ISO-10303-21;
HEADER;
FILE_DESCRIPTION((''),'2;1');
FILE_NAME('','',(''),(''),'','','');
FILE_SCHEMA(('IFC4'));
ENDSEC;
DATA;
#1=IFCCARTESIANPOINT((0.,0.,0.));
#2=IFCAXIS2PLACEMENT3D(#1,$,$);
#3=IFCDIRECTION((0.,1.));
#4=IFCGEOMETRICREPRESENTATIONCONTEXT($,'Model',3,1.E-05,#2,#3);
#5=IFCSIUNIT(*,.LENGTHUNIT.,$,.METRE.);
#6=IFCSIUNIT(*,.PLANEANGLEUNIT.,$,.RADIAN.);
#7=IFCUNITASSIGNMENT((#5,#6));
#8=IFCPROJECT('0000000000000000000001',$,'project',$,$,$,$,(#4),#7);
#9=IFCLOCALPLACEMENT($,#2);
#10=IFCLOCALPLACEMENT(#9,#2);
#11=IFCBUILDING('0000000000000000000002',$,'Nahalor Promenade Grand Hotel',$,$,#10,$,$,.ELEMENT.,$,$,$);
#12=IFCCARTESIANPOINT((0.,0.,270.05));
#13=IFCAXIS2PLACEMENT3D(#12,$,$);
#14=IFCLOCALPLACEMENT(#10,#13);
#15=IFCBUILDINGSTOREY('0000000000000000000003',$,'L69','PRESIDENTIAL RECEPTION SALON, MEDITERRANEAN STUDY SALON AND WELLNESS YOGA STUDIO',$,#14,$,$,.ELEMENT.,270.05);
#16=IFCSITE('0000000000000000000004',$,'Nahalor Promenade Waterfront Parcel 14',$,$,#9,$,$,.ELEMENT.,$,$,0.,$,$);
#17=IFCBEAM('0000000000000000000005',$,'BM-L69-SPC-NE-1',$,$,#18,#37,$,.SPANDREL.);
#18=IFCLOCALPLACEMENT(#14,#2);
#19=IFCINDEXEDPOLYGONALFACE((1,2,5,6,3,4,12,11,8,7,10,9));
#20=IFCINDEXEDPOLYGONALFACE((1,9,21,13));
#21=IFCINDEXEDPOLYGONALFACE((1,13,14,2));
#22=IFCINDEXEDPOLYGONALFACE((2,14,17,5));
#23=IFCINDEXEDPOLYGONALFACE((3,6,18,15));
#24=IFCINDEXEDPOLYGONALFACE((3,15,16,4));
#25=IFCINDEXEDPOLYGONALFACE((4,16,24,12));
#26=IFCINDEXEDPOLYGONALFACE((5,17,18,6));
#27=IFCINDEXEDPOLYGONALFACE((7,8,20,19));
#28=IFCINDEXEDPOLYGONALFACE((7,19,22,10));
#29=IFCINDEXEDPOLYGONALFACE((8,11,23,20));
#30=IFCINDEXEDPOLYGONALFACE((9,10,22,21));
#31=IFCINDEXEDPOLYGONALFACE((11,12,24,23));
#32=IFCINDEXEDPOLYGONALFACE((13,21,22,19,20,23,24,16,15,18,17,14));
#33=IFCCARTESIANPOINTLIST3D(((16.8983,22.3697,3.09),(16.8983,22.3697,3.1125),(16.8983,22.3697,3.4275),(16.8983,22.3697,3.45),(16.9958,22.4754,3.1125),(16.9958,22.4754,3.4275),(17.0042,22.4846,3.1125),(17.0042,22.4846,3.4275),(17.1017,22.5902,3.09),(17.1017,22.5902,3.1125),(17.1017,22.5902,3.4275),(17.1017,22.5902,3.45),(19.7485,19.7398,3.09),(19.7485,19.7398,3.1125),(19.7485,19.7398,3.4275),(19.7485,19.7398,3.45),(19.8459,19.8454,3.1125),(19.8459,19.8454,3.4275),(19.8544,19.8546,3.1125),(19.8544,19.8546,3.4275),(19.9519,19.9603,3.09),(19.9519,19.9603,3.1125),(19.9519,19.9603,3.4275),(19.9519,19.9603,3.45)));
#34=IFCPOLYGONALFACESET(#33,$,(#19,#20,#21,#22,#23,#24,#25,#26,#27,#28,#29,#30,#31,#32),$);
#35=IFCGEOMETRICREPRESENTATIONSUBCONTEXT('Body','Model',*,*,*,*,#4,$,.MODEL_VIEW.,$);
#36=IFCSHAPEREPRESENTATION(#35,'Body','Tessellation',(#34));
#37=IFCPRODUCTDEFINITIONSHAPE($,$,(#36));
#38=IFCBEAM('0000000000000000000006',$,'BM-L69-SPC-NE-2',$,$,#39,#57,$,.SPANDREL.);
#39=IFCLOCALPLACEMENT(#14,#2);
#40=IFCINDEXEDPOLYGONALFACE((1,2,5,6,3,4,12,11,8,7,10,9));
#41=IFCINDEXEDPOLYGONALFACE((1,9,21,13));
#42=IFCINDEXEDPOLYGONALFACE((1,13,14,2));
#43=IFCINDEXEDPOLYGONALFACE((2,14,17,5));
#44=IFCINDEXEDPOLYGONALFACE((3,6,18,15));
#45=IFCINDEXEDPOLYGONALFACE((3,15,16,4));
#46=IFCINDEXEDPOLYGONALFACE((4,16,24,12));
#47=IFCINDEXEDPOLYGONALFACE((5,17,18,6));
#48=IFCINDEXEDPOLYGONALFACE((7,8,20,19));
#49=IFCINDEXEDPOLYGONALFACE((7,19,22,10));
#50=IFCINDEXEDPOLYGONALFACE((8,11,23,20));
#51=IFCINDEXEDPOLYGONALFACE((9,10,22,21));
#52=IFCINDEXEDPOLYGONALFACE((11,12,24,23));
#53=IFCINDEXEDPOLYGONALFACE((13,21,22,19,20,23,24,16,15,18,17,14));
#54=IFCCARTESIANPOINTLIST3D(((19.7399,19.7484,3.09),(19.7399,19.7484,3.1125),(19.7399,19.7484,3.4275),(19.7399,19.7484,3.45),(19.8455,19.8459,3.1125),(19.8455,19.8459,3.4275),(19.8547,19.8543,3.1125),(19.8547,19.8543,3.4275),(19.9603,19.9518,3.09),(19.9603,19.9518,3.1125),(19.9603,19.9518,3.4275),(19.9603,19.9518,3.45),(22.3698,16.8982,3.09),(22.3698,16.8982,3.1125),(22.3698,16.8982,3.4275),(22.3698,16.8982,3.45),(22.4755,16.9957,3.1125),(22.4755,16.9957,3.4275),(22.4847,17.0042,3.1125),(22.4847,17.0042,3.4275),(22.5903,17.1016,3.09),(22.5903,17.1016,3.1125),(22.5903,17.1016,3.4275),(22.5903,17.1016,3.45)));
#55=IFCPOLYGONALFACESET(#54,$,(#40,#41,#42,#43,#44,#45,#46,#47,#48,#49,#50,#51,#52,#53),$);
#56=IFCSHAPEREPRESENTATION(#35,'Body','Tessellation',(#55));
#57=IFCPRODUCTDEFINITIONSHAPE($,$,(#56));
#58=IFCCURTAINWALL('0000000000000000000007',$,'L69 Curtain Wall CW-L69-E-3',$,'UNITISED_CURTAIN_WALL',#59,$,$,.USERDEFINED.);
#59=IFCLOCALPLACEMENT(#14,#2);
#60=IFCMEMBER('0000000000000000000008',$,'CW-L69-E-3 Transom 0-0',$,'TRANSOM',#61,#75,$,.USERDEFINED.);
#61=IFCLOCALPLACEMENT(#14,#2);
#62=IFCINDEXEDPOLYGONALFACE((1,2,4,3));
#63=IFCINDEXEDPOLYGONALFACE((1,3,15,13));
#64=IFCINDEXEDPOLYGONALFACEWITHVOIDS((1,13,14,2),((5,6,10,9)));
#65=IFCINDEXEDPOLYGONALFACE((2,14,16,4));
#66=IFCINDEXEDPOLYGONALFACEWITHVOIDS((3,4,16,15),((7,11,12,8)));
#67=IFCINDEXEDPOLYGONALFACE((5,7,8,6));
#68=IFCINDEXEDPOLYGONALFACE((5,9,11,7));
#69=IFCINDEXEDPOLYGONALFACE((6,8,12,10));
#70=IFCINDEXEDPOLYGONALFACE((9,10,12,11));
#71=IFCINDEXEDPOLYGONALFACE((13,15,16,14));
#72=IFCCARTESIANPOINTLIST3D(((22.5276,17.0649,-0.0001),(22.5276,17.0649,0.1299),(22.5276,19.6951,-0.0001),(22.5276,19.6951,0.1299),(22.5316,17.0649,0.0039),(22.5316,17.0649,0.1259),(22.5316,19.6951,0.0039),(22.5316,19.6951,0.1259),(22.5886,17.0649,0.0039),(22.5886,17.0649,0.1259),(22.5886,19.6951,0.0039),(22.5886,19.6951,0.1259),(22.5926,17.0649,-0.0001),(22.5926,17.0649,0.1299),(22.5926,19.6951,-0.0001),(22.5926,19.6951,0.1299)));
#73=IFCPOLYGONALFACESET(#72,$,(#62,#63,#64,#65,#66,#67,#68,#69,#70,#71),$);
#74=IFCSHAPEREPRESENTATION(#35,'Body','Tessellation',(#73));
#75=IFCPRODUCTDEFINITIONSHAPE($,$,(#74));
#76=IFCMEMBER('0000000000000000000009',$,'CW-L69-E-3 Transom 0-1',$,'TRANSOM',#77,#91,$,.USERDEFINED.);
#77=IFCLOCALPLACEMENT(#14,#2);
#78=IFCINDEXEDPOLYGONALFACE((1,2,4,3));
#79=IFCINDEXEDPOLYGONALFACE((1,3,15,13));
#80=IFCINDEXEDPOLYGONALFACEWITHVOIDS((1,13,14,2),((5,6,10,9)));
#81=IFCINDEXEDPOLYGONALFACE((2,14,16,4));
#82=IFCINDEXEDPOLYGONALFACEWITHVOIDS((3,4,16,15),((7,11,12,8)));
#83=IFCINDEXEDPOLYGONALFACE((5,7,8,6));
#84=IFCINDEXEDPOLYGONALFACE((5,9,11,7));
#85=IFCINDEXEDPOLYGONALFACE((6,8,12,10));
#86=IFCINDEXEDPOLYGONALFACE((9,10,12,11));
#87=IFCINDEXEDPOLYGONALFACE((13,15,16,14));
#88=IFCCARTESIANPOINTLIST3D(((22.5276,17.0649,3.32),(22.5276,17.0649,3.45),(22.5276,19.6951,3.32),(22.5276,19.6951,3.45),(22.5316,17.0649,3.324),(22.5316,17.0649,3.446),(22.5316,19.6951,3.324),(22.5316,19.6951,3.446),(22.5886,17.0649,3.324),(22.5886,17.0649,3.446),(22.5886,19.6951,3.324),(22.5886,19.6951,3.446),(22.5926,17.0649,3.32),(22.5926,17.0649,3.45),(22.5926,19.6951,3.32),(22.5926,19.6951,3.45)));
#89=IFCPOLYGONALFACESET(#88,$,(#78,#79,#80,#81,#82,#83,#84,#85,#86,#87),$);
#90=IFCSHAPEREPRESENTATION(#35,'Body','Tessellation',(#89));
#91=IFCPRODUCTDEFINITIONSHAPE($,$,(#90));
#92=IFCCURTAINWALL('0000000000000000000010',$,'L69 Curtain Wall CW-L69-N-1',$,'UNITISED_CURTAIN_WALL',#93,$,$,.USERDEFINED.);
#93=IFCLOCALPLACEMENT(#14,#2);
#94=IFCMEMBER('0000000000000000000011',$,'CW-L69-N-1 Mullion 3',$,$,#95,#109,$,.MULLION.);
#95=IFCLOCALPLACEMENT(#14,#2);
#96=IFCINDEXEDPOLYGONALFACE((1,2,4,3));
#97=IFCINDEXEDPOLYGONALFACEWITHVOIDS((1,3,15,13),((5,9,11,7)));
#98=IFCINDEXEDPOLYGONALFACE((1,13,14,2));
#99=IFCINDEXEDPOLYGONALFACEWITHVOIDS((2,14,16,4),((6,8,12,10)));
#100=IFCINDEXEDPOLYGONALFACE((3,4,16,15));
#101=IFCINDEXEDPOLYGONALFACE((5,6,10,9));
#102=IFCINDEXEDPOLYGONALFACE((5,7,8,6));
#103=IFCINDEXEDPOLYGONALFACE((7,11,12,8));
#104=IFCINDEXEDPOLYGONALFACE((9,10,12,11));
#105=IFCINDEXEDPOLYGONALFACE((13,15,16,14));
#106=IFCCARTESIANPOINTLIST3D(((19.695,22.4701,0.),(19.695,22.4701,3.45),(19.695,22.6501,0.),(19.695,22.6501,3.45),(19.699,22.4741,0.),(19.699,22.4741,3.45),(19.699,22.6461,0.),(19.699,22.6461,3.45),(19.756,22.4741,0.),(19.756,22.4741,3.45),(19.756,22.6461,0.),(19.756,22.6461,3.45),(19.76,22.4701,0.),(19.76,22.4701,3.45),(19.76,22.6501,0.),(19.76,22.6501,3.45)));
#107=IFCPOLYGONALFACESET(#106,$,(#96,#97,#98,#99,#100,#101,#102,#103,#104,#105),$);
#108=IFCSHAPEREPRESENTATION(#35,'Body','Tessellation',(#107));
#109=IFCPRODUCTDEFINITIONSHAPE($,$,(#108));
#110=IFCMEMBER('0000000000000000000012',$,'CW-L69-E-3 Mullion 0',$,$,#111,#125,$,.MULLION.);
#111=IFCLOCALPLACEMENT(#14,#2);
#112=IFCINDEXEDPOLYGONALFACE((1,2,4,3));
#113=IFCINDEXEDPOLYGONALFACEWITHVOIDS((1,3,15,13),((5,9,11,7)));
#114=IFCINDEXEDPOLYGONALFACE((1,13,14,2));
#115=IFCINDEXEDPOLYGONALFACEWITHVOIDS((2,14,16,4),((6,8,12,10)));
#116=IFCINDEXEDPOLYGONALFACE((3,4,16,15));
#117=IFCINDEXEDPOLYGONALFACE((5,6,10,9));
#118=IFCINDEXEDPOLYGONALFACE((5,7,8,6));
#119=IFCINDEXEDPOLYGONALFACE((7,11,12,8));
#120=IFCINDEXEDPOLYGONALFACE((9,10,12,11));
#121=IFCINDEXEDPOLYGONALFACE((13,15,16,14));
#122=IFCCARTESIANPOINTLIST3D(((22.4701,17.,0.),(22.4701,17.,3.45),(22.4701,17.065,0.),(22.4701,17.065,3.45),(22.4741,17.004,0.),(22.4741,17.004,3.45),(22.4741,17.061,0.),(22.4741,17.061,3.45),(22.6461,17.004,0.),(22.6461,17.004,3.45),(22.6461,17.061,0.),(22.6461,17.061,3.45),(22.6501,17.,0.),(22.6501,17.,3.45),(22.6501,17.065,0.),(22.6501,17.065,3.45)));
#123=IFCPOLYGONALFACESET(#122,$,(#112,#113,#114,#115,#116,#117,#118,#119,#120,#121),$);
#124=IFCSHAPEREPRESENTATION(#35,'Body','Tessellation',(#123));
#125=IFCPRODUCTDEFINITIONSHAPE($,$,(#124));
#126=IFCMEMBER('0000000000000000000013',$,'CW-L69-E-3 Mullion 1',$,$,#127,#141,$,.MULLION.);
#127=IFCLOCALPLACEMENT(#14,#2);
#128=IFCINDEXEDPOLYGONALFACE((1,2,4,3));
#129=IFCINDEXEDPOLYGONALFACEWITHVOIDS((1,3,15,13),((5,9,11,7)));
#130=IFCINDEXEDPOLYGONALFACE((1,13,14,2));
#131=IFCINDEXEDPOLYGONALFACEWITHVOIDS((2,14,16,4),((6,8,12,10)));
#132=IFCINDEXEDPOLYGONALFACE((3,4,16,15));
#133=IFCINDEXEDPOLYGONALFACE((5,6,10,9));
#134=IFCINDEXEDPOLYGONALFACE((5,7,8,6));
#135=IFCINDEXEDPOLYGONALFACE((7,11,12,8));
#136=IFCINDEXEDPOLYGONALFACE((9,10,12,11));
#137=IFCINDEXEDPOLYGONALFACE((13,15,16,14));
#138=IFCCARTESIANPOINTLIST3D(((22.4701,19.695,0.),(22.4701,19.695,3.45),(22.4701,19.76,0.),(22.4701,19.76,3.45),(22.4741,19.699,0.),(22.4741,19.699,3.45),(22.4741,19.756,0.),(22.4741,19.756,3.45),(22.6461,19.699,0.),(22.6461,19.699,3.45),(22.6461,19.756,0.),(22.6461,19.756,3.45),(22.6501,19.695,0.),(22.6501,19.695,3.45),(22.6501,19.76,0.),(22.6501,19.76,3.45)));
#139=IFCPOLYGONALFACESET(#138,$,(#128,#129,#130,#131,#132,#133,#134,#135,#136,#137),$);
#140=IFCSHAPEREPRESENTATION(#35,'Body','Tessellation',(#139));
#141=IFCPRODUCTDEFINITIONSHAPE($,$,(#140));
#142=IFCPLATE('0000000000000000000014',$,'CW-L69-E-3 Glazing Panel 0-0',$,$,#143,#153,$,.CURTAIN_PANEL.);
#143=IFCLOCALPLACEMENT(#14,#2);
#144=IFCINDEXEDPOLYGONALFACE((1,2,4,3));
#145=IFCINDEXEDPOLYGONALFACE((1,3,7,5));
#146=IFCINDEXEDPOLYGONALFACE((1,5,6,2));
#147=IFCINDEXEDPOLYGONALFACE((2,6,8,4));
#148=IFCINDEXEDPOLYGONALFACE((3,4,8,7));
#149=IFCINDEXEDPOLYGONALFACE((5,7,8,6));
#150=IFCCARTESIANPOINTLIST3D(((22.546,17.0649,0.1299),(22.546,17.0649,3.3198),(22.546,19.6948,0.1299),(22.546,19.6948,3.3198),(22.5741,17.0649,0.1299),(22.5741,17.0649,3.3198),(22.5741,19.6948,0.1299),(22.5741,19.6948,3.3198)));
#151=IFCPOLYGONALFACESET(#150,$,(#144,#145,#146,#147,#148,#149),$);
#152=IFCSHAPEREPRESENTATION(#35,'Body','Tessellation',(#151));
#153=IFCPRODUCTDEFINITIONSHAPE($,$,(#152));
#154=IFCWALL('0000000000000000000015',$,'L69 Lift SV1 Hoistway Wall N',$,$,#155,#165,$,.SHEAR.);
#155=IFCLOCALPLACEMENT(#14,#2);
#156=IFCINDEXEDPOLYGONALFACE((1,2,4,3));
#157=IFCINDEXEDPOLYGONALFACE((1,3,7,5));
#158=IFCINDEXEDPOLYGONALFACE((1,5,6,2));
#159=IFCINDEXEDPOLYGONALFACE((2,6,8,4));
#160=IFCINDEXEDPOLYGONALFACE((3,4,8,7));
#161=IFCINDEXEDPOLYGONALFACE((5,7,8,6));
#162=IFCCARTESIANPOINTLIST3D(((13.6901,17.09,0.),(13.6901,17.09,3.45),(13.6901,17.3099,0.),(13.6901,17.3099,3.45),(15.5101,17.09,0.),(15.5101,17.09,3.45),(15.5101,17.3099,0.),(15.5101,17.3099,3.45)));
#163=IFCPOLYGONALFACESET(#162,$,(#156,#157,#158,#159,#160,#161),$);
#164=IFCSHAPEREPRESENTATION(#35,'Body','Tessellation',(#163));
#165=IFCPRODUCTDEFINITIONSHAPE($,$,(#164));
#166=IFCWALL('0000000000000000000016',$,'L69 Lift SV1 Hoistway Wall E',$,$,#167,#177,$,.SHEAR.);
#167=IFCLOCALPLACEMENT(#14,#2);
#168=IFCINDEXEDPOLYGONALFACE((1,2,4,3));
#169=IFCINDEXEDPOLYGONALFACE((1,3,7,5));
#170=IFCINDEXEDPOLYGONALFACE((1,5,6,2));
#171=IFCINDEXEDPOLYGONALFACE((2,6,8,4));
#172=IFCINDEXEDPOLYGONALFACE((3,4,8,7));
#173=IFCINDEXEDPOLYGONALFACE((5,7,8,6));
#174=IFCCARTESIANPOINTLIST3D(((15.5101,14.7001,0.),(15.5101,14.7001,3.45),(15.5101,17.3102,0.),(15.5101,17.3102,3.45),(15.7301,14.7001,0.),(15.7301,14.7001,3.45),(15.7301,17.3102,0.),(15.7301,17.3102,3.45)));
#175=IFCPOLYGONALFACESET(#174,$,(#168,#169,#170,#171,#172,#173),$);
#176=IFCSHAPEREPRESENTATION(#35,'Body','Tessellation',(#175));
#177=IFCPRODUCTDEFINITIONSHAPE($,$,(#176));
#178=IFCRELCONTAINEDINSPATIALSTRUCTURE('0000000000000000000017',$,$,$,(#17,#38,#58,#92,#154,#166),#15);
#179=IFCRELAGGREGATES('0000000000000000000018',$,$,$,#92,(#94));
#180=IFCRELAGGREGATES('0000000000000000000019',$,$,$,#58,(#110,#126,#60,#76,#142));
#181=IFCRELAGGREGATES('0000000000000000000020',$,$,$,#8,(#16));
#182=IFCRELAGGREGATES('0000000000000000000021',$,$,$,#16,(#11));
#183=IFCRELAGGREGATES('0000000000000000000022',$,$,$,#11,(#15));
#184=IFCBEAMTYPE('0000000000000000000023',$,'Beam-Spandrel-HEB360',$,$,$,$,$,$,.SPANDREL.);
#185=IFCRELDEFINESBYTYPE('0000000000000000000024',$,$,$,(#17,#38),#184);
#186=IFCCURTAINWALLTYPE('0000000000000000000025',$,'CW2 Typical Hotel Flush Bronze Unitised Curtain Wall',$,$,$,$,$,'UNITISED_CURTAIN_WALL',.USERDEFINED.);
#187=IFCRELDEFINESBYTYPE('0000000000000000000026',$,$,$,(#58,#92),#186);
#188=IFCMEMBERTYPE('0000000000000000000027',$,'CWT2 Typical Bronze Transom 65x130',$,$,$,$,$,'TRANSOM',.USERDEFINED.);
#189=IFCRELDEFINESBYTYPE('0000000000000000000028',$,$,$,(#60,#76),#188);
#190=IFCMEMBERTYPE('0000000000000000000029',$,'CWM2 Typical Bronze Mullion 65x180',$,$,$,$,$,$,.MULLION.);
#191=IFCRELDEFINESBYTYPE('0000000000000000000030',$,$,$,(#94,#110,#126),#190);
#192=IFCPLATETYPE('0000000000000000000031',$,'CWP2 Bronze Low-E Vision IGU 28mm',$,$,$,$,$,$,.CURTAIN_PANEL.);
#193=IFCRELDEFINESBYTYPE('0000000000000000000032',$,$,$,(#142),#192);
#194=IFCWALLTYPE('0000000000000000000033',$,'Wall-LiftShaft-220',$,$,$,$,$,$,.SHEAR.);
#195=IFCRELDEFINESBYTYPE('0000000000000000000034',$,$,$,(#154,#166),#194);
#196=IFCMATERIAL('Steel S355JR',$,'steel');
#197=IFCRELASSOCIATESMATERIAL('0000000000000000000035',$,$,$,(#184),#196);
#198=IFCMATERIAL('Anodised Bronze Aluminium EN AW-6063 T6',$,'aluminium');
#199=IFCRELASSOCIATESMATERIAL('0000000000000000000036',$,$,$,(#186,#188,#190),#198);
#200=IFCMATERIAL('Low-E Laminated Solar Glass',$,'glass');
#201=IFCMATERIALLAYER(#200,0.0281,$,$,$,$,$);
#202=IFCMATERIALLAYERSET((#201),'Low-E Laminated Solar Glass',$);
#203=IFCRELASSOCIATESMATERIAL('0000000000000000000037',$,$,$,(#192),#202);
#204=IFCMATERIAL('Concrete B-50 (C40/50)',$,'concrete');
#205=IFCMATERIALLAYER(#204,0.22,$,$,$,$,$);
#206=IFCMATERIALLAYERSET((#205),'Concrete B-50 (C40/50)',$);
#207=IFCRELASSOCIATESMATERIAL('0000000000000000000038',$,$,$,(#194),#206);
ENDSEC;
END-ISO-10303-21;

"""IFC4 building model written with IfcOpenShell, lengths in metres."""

from ifc_helpers import new_model, si_unit, direction, frame, frame_2d, origin, origin_2d, place, context, subcontext, project, spatial, rectangle, hollow_rectangle, i_section, extrude, source, transform, mapped, material, layer, layer_set, material_profile, profile_set, type_object, element, aggregate, save


model = new_model("IFC4")

# Units and contexts
model_context = context("Model", 3, precision=1e-05, world=origin(), true_north=direction((0.0, 1.0)))
body_context = subcontext(model_context, "Body", "Model", "MODEL_VIEW")
ifc_project = project(units=[si_unit("LENGTHUNIT", "METRE"), si_unit("PLANEANGLEUNIT", "RADIAN")], contexts=[model_context])

# Site, building, storey
site_placement = place(None, origin())
site = spatial("IfcSite", under=ifc_project, at=site_placement, Name="Nahalor Promenade Waterfront Parcel 14", CompositionType="ELEMENT", RefElevation=0.0)
building_placement = place(site_placement, origin())
building = spatial("IfcBuilding", under=site, at=building_placement, Name="Nahalor Promenade Grand Hotel", CompositionType="ELEMENT")
storey_placement = place(building_placement, frame((0.0, 0.0, 270.05)))
storey = spatial("IfcBuildingStorey", under=building, at=storey_placement, Name="L69", Description="PRESIDENTIAL RECEPTION SALON, MEDITERRANEAN STUDY SALON AND WELLNESS YOGA STUDIO", CompositionType="ELEMENT", Elevation=270.05)

# Shared definitions
ifc_material_1 = material(Name="Concrete B-50 (C40/50)", Category="concrete")
ifc_material_2 = material(Name="Steel S355JR", Category="steel")

# Beams
ifc_material_profile_1 = material_profile(ifc_material_2, i_section(OverallWidth=0.3, OverallDepth=0.36, WebThickness=0.0125, FlangeThickness=0.0225, at=origin_2d()), Name="HEB 360")
ifc_profile_set_1 = profile_set([ifc_material_profile_1], Name="Steel S355JR")
beam_type_1 = type_object("IfcBeamType", Name="Beam-Spandrel-HEB360", PredefinedType="SPANDREL", material=ifc_profile_set_1)
shared_shape_1 = source(origin(), body_context, "Body", "SweptSolid", [
    extrude(i_section(OverallWidth=0.3, OverallDepth=0.36, WebThickness=0.0125, FlangeThickness=0.0225, at=origin_2d()), origin(), (0.0, 0.0, 1.0), 3.8782),
])
for number, where, z_axis, x_axis, name in (
    (1, (17.0, 22.48, 3.27), (0.734929, -0.678144, 0.0), (0.678144, 0.734929, 0.0), "BM-L69-SPC-NE-1"),
    (2, (19.8501, 19.8501, 3.27), (0.678144, -0.734929, 0.0), (0.734929, 0.678144, 0.0), "BM-L69-SPC-NE-2"),
):
    element("IfcBeam", number, at=place(storey_placement, frame(where, z_axis=z_axis, x_axis=x_axis)), inside=storey, type_object=beam_type_1, Name=name, PredefinedType="SPANDREL", context=body_context, shape_type="MappedRepresentation", body=[
        mapped(shared_shape_1, transform((0.0, 0.0, 0.0), scale=1.0)),
    ])

# Curtain wall, members
ifc_material_3 = material(Name="Anodised Bronze Aluminium EN AW-6063 T6", Category="aluminium")
curtain_wall_type = type_object("IfcCurtainWallType", Name="CW2 Typical Hotel Flush Bronze Unitised Curtain Wall", ElementType="UNITISED_CURTAIN_WALL", PredefinedType="USERDEFINED", material=ifc_material_3)
curtain_wall_1_placement = place(storey_placement, origin())
curtain_wall_1 = element("IfcCurtainWall", 3, at=curtain_wall_1_placement, inside=storey, type_object=curtain_wall_type, Name="L69 Curtain Wall CW-L69-E-3", ObjectType="UNITISED_CURTAIN_WALL", PredefinedType="USERDEFINED")
ifc_material_profile_2 = material_profile(ifc_material_3, hollow_rectangle(XDim=0.065, YDim=0.13, WallThickness=0.004, at=origin_2d()), Name="CWT 65x130x4")
ifc_profile_set_2 = profile_set([ifc_material_profile_2], Name="Anodised Bronze Aluminium EN AW-6063 T6")
member_type_1 = type_object("IfcMemberType", Name="CWT2 Typical Bronze Transom 65x130", ElementType="TRANSOM", PredefinedType="USERDEFINED", material=ifc_profile_set_2)
shared_shape_2 = source(origin(), body_context, "Body", "SweptSolid", [
    extrude(hollow_rectangle(XDim=0.065, YDim=0.13, WallThickness=0.004, at=origin_2d()), origin(), (0.0, 0.0, 1.0), 2.6301),
])
member_1_placement = place(storey_placement, frame((22.5601, 17.0649, 0.0649), z_axis=(0.0, 1.0, 0.0), x_axis=(-1.0, 0.0, 0.0)))
member_1 = element("IfcMember", 4, at=member_1_placement, type_object=member_type_1, Name="CW-L69-E-3 Transom 0-0", ObjectType="TRANSOM", PredefinedType="USERDEFINED", context=body_context, shape_type="MappedRepresentation", body=[
    mapped(shared_shape_2, transform((0.0, 0.0, 0.0), scale=1.0)),
])
member_2_placement = place(storey_placement, frame((22.5601, 17.0649, 3.385), z_axis=(0.0, 1.0, 0.0), x_axis=(-1.0, 0.0, 0.0)))
member_2 = element("IfcMember", 5, at=member_2_placement, type_object=member_type_1, Name="CW-L69-E-3 Transom 0-1", ObjectType="TRANSOM", PredefinedType="USERDEFINED", context=body_context, shape_type="MappedRepresentation", body=[
    mapped(shared_shape_2, transform((0.0, 0.0, 0.0), scale=1.0)),
])

# Curtain wall, member
curtain_wall_2_placement = place(storey_placement, origin())
curtain_wall_2 = element("IfcCurtainWall", 6, at=curtain_wall_2_placement, inside=storey, type_object=curtain_wall_type, Name="L69 Curtain Wall CW-L69-N-1", ObjectType="UNITISED_CURTAIN_WALL", PredefinedType="USERDEFINED")
ifc_material_profile_3 = material_profile(ifc_material_3, hollow_rectangle(XDim=0.065, YDim=0.18, WallThickness=0.004, at=origin_2d()), Name="CWM 65x180x4")
ifc_profile_set_3 = profile_set([ifc_material_profile_3], Name="Anodised Bronze Aluminium EN AW-6063 T6")
member_type_2 = type_object("IfcMemberType", Name="CWM2 Typical Bronze Mullion 65x180", PredefinedType="MULLION", material=ifc_profile_set_3)
shared_shape_3 = source(origin(), body_context, "Body", "SweptSolid", [
    extrude(hollow_rectangle(XDim=0.065, YDim=0.18, WallThickness=0.004, at=origin_2d()), origin(), (0.0, 0.0, 1.0), 3.45),
])
member_3_placement = place(storey_placement, frame((19.7275, 22.5601, 0.0), z_axis=(0.0, 0.0, 1.0), x_axis=(1.0, 0.0, 0.0)))
member_3 = element("IfcMember", 7, at=member_3_placement, type_object=member_type_2, Name="CW-L69-N-1 Mullion 3", PredefinedType="MULLION", context=body_context, shape_type="MappedRepresentation", body=[
    mapped(shared_shape_3, transform((0.0, 0.0, 0.0), scale=1.0)),
])
aggregate(curtain_wall_2, [member_3])

# Members
member_4_placement = place(storey_placement, frame((22.5601, 17.0325, 0.0), z_axis=(0.0, 0.0, 1.0), x_axis=(0.0, 1.0, 0.0)))
member_4 = element("IfcMember", 8, at=member_4_placement, type_object=member_type_2, Name="CW-L69-E-3 Mullion 0", PredefinedType="MULLION", context=body_context, shape_type="MappedRepresentation", body=[
    mapped(shared_shape_3, transform((0.0, 0.0, 0.0), scale=1.0)),
])
member_5_placement = place(storey_placement, frame((22.5601, 19.7275, 0.0), z_axis=(0.0, 0.0, 1.0), x_axis=(0.0, 1.0, 0.0)))
member_5 = element("IfcMember", 9, at=member_5_placement, type_object=member_type_2, Name="CW-L69-E-3 Mullion 1", PredefinedType="MULLION", context=body_context, shape_type="MappedRepresentation", body=[
    mapped(shared_shape_3, transform((0.0, 0.0, 0.0), scale=1.0)),
])

# Plate
ifc_material_4 = material(Name="Low-E Laminated Solar Glass", Category="glass")
ifc_layer_1 = layer(ifc_material_4, 0.0281)
ifc_layer_set_1 = layer_set([ifc_layer_1], Name="Low-E Laminated Solar Glass")
plate_type = type_object("IfcPlateType", Name="CWP2 Bronze Low-E Vision IGU 28mm", PredefinedType="CURTAIN_PANEL", material=ifc_layer_set_1)
shared_shape_4 = source(origin(), body_context, "Body", "SweptSolid", [
    extrude(rectangle(XDim=2.6299, YDim=0.0281, at=origin_2d()), origin(), (0.0, 0.0, 1.0), 3.1899),
])
plate_placement = place(storey_placement, frame((22.5601, 18.3799, 0.1299), z_axis=(0.0, 0.0, 1.0), x_axis=(0.0, 1.0, 0.0)))
plate = element("IfcPlate", 10, at=plate_placement, type_object=plate_type, Name="CW-L69-E-3 Glazing Panel 0-0", PredefinedType="CURTAIN_PANEL", context=body_context, shape_type="MappedRepresentation", body=[
    mapped(shared_shape_4, transform((0.0, 0.0, 0.0), scale=1.0)),
])
aggregate(curtain_wall_1, [member_4, member_5, member_1, member_2, plate])

# Walls
ifc_layer_2 = layer(ifc_material_1, 0.22)
ifc_layer_set_2 = layer_set([ifc_layer_2], Name="Concrete B-50 (C40/50)")
wall_type_1 = type_object("IfcWallType", Name="Wall-LiftShaft-220", PredefinedType="SHEAR", material=ifc_layer_set_2)
shared_shape_5 = source(origin(), body_context, "Body", "SweptSolid", [
    extrude(rectangle(XDim=1.8201, YDim=0.22, at=frame_2d((0.9102, 0.0))), origin(), (0.0, 0.0, 1.0), 3.45),
])
wall_1_placement = place(storey_placement, frame((13.6899, 17.2, 0.0), z_axis=(0.0, 0.0, 1.0), x_axis=(1.0, 0.0, 0.0)))
element("IfcWall", 11, at=wall_1_placement, inside=storey, type_object=wall_type_1, Name="L69 Lift SV1 Hoistway Wall N", PredefinedType="SHEAR", context=body_context, shape_type="MappedRepresentation", body=[
    mapped(shared_shape_5, transform((0.0, 0.0, 0.0), scale=1.0)),
])
shared_shape_6 = source(origin(), body_context, "Body", "SweptSolid", [
    extrude(rectangle(XDim=2.6101, YDim=0.22, at=frame_2d((1.3052, 0.0))), origin(), (0.0, 0.0, 1.0), 3.45),
])
wall_2_placement = place(storey_placement, frame((15.6201, 14.7, 0.0), z_axis=(0.0, 0.0, 1.0), x_axis=(0.0, 1.0, 0.0)))
element("IfcWall", 12, at=wall_2_placement, inside=storey, type_object=wall_type_1, Name="L69 Lift SV1 Hoistway Wall E", PredefinedType="SHEAR", context=body_context, shape_type="MappedRepresentation", body=[
    mapped(shared_shape_6, transform((0.0, 0.0, 0.0), scale=1.0)),
])

save(model, "model.ifc")
